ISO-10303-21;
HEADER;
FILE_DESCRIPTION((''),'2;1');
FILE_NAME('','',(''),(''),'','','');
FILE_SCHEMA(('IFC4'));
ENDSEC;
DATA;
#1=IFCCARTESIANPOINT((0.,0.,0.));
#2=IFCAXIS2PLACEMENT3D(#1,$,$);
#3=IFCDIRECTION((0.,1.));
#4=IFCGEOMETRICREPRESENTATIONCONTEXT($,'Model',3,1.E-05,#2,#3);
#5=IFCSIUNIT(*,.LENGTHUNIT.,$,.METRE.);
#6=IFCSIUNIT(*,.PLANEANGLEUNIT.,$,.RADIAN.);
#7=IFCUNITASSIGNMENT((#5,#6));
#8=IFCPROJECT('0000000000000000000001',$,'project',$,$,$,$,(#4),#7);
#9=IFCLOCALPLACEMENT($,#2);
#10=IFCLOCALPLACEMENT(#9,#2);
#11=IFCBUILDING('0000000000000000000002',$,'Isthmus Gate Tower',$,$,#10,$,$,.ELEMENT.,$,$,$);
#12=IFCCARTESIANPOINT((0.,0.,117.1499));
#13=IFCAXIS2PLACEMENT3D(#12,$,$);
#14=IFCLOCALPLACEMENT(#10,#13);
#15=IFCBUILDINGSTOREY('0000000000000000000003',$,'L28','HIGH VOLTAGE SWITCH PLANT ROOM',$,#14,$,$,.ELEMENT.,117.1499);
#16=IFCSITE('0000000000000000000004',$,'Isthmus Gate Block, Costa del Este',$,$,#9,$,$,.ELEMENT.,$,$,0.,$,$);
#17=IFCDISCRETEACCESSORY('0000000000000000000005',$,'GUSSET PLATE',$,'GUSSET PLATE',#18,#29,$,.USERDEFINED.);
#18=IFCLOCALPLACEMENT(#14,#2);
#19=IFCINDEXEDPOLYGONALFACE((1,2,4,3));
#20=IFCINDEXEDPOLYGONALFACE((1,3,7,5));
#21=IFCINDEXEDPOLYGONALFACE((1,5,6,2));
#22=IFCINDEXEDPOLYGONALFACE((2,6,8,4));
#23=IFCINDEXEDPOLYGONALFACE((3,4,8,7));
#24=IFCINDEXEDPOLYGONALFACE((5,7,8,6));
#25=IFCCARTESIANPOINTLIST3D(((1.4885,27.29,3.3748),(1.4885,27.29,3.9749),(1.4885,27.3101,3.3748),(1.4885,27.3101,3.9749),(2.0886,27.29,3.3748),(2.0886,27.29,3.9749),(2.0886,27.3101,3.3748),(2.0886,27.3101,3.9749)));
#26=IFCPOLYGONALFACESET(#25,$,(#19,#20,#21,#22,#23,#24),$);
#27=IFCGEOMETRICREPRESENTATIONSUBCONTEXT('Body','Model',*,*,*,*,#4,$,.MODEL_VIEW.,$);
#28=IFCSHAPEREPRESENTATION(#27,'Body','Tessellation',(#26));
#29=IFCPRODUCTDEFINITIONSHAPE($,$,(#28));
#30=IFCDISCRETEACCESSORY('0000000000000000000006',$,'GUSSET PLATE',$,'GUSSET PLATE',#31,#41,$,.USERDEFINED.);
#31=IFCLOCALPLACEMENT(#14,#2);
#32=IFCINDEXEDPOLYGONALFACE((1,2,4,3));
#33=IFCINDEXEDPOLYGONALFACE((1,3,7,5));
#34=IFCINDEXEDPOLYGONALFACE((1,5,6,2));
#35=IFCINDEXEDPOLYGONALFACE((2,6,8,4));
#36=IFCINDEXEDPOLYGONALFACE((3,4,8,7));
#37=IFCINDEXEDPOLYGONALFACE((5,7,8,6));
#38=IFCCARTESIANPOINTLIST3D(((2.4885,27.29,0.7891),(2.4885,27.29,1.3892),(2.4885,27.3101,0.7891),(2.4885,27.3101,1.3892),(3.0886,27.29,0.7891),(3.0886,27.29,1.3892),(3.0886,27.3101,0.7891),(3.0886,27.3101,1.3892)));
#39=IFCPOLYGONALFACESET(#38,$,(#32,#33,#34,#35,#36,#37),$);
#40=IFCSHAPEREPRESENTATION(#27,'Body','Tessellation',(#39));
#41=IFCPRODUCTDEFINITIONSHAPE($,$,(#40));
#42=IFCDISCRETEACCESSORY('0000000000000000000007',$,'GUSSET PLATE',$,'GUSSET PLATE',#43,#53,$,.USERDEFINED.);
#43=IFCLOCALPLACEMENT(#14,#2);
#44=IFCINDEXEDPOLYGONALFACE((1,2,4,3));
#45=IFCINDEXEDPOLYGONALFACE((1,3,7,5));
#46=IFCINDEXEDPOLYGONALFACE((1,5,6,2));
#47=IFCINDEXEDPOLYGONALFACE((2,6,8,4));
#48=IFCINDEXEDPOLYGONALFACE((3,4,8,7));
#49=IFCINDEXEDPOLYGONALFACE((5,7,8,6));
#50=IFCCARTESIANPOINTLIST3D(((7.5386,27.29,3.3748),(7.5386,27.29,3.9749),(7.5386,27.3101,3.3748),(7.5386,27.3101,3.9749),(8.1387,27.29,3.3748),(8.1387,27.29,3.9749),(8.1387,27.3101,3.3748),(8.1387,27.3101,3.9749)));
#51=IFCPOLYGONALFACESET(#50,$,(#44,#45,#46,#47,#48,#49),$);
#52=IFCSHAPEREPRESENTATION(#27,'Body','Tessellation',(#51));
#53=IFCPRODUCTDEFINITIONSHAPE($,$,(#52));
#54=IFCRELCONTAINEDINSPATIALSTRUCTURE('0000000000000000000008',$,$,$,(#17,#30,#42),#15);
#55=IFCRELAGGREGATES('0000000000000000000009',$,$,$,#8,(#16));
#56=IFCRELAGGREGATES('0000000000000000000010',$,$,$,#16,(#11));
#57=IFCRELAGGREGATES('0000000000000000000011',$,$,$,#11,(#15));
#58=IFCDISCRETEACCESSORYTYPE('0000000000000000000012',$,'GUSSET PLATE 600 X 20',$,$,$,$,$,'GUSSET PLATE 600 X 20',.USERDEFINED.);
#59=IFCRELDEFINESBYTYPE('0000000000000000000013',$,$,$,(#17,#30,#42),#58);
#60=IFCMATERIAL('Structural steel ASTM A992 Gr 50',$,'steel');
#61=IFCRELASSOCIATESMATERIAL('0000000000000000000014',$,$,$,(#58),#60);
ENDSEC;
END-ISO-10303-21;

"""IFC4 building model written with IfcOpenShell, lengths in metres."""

from ifc_helpers import new_model, si_unit, direction, frame, origin, origin_2d, place, context, subcontext, project, spatial, rectangle, extrude, material, type_object, element, save


model = new_model("IFC4")

# Units and contexts
model_context = context("Model", 3, precision=1e-05, world=origin(), true_north=direction((0.0, 1.0)))
body_context = subcontext(model_context, "Body", "Model", "MODEL_VIEW")
ifc_project = project(units=[si_unit("LENGTHUNIT", "METRE"), si_unit("PLANEANGLEUNIT", "RADIAN")], contexts=[model_context])

# Site, building, storey
site_placement = place(None, origin())
site = spatial("IfcSite", under=ifc_project, at=site_placement, Name="Isthmus Gate Block, Costa del Este", CompositionType="ELEMENT", RefElevation=0.0)
building_placement = place(site_placement, origin())
building = spatial("IfcBuilding", under=site, at=building_placement, Name="Isthmus Gate Tower", CompositionType="ELEMENT")
storey_placement = place(building_placement, frame((0.0, 0.0, 117.1499)))
storey = spatial("IfcBuildingStorey", under=building, at=storey_placement, Name="L28", Description="HIGH VOLTAGE SWITCH PLANT ROOM", CompositionType="ELEMENT", Elevation=117.1499)

# Discrete accessories
ifc_material_1 = material(Name="Structural steel ASTM A992 Gr 50", Category="steel")
discrete_accessory_type_1 = type_object("IfcDiscreteAccessoryType", Name="GUSSET PLATE 600 X 20", ElementType="GUSSET PLATE 600 X 20", PredefinedType="USERDEFINED", material=ifc_material_1)
for number, where, z_axis, x_axis, name in (
    (1, (1.7886, 27.3, 3.3748), (0.0, 0.0, 1.0), (1.0, 0.0, 0.0), "GUSSET PLATE"),
    (2, (2.7886, 27.3, 0.7891), (0.0, 0.0, 1.0), (1.0, 0.0, 0.0), "GUSSET PLATE"),
    (3, (7.8386, 27.3, 3.3748), (0.0, 0.0, 1.0), (1.0, 0.0, 0.0), "GUSSET PLATE"),
):
    element("IfcDiscreteAccessory", number, at=place(storey_placement, frame(where, z_axis=z_axis, x_axis=x_axis)), inside=storey, type_object=discrete_accessory_type_1, Name=name, ObjectType="GUSSET PLATE", PredefinedType="USERDEFINED", context=body_context, shape_type="SweptSolid", body=[
        extrude(rectangle(XDim=0.6001, YDim=0.02, at=origin_2d()), origin(), (0.0, 0.0, 1.0), 0.6001),
    ])

save(model, "model.ifc")
